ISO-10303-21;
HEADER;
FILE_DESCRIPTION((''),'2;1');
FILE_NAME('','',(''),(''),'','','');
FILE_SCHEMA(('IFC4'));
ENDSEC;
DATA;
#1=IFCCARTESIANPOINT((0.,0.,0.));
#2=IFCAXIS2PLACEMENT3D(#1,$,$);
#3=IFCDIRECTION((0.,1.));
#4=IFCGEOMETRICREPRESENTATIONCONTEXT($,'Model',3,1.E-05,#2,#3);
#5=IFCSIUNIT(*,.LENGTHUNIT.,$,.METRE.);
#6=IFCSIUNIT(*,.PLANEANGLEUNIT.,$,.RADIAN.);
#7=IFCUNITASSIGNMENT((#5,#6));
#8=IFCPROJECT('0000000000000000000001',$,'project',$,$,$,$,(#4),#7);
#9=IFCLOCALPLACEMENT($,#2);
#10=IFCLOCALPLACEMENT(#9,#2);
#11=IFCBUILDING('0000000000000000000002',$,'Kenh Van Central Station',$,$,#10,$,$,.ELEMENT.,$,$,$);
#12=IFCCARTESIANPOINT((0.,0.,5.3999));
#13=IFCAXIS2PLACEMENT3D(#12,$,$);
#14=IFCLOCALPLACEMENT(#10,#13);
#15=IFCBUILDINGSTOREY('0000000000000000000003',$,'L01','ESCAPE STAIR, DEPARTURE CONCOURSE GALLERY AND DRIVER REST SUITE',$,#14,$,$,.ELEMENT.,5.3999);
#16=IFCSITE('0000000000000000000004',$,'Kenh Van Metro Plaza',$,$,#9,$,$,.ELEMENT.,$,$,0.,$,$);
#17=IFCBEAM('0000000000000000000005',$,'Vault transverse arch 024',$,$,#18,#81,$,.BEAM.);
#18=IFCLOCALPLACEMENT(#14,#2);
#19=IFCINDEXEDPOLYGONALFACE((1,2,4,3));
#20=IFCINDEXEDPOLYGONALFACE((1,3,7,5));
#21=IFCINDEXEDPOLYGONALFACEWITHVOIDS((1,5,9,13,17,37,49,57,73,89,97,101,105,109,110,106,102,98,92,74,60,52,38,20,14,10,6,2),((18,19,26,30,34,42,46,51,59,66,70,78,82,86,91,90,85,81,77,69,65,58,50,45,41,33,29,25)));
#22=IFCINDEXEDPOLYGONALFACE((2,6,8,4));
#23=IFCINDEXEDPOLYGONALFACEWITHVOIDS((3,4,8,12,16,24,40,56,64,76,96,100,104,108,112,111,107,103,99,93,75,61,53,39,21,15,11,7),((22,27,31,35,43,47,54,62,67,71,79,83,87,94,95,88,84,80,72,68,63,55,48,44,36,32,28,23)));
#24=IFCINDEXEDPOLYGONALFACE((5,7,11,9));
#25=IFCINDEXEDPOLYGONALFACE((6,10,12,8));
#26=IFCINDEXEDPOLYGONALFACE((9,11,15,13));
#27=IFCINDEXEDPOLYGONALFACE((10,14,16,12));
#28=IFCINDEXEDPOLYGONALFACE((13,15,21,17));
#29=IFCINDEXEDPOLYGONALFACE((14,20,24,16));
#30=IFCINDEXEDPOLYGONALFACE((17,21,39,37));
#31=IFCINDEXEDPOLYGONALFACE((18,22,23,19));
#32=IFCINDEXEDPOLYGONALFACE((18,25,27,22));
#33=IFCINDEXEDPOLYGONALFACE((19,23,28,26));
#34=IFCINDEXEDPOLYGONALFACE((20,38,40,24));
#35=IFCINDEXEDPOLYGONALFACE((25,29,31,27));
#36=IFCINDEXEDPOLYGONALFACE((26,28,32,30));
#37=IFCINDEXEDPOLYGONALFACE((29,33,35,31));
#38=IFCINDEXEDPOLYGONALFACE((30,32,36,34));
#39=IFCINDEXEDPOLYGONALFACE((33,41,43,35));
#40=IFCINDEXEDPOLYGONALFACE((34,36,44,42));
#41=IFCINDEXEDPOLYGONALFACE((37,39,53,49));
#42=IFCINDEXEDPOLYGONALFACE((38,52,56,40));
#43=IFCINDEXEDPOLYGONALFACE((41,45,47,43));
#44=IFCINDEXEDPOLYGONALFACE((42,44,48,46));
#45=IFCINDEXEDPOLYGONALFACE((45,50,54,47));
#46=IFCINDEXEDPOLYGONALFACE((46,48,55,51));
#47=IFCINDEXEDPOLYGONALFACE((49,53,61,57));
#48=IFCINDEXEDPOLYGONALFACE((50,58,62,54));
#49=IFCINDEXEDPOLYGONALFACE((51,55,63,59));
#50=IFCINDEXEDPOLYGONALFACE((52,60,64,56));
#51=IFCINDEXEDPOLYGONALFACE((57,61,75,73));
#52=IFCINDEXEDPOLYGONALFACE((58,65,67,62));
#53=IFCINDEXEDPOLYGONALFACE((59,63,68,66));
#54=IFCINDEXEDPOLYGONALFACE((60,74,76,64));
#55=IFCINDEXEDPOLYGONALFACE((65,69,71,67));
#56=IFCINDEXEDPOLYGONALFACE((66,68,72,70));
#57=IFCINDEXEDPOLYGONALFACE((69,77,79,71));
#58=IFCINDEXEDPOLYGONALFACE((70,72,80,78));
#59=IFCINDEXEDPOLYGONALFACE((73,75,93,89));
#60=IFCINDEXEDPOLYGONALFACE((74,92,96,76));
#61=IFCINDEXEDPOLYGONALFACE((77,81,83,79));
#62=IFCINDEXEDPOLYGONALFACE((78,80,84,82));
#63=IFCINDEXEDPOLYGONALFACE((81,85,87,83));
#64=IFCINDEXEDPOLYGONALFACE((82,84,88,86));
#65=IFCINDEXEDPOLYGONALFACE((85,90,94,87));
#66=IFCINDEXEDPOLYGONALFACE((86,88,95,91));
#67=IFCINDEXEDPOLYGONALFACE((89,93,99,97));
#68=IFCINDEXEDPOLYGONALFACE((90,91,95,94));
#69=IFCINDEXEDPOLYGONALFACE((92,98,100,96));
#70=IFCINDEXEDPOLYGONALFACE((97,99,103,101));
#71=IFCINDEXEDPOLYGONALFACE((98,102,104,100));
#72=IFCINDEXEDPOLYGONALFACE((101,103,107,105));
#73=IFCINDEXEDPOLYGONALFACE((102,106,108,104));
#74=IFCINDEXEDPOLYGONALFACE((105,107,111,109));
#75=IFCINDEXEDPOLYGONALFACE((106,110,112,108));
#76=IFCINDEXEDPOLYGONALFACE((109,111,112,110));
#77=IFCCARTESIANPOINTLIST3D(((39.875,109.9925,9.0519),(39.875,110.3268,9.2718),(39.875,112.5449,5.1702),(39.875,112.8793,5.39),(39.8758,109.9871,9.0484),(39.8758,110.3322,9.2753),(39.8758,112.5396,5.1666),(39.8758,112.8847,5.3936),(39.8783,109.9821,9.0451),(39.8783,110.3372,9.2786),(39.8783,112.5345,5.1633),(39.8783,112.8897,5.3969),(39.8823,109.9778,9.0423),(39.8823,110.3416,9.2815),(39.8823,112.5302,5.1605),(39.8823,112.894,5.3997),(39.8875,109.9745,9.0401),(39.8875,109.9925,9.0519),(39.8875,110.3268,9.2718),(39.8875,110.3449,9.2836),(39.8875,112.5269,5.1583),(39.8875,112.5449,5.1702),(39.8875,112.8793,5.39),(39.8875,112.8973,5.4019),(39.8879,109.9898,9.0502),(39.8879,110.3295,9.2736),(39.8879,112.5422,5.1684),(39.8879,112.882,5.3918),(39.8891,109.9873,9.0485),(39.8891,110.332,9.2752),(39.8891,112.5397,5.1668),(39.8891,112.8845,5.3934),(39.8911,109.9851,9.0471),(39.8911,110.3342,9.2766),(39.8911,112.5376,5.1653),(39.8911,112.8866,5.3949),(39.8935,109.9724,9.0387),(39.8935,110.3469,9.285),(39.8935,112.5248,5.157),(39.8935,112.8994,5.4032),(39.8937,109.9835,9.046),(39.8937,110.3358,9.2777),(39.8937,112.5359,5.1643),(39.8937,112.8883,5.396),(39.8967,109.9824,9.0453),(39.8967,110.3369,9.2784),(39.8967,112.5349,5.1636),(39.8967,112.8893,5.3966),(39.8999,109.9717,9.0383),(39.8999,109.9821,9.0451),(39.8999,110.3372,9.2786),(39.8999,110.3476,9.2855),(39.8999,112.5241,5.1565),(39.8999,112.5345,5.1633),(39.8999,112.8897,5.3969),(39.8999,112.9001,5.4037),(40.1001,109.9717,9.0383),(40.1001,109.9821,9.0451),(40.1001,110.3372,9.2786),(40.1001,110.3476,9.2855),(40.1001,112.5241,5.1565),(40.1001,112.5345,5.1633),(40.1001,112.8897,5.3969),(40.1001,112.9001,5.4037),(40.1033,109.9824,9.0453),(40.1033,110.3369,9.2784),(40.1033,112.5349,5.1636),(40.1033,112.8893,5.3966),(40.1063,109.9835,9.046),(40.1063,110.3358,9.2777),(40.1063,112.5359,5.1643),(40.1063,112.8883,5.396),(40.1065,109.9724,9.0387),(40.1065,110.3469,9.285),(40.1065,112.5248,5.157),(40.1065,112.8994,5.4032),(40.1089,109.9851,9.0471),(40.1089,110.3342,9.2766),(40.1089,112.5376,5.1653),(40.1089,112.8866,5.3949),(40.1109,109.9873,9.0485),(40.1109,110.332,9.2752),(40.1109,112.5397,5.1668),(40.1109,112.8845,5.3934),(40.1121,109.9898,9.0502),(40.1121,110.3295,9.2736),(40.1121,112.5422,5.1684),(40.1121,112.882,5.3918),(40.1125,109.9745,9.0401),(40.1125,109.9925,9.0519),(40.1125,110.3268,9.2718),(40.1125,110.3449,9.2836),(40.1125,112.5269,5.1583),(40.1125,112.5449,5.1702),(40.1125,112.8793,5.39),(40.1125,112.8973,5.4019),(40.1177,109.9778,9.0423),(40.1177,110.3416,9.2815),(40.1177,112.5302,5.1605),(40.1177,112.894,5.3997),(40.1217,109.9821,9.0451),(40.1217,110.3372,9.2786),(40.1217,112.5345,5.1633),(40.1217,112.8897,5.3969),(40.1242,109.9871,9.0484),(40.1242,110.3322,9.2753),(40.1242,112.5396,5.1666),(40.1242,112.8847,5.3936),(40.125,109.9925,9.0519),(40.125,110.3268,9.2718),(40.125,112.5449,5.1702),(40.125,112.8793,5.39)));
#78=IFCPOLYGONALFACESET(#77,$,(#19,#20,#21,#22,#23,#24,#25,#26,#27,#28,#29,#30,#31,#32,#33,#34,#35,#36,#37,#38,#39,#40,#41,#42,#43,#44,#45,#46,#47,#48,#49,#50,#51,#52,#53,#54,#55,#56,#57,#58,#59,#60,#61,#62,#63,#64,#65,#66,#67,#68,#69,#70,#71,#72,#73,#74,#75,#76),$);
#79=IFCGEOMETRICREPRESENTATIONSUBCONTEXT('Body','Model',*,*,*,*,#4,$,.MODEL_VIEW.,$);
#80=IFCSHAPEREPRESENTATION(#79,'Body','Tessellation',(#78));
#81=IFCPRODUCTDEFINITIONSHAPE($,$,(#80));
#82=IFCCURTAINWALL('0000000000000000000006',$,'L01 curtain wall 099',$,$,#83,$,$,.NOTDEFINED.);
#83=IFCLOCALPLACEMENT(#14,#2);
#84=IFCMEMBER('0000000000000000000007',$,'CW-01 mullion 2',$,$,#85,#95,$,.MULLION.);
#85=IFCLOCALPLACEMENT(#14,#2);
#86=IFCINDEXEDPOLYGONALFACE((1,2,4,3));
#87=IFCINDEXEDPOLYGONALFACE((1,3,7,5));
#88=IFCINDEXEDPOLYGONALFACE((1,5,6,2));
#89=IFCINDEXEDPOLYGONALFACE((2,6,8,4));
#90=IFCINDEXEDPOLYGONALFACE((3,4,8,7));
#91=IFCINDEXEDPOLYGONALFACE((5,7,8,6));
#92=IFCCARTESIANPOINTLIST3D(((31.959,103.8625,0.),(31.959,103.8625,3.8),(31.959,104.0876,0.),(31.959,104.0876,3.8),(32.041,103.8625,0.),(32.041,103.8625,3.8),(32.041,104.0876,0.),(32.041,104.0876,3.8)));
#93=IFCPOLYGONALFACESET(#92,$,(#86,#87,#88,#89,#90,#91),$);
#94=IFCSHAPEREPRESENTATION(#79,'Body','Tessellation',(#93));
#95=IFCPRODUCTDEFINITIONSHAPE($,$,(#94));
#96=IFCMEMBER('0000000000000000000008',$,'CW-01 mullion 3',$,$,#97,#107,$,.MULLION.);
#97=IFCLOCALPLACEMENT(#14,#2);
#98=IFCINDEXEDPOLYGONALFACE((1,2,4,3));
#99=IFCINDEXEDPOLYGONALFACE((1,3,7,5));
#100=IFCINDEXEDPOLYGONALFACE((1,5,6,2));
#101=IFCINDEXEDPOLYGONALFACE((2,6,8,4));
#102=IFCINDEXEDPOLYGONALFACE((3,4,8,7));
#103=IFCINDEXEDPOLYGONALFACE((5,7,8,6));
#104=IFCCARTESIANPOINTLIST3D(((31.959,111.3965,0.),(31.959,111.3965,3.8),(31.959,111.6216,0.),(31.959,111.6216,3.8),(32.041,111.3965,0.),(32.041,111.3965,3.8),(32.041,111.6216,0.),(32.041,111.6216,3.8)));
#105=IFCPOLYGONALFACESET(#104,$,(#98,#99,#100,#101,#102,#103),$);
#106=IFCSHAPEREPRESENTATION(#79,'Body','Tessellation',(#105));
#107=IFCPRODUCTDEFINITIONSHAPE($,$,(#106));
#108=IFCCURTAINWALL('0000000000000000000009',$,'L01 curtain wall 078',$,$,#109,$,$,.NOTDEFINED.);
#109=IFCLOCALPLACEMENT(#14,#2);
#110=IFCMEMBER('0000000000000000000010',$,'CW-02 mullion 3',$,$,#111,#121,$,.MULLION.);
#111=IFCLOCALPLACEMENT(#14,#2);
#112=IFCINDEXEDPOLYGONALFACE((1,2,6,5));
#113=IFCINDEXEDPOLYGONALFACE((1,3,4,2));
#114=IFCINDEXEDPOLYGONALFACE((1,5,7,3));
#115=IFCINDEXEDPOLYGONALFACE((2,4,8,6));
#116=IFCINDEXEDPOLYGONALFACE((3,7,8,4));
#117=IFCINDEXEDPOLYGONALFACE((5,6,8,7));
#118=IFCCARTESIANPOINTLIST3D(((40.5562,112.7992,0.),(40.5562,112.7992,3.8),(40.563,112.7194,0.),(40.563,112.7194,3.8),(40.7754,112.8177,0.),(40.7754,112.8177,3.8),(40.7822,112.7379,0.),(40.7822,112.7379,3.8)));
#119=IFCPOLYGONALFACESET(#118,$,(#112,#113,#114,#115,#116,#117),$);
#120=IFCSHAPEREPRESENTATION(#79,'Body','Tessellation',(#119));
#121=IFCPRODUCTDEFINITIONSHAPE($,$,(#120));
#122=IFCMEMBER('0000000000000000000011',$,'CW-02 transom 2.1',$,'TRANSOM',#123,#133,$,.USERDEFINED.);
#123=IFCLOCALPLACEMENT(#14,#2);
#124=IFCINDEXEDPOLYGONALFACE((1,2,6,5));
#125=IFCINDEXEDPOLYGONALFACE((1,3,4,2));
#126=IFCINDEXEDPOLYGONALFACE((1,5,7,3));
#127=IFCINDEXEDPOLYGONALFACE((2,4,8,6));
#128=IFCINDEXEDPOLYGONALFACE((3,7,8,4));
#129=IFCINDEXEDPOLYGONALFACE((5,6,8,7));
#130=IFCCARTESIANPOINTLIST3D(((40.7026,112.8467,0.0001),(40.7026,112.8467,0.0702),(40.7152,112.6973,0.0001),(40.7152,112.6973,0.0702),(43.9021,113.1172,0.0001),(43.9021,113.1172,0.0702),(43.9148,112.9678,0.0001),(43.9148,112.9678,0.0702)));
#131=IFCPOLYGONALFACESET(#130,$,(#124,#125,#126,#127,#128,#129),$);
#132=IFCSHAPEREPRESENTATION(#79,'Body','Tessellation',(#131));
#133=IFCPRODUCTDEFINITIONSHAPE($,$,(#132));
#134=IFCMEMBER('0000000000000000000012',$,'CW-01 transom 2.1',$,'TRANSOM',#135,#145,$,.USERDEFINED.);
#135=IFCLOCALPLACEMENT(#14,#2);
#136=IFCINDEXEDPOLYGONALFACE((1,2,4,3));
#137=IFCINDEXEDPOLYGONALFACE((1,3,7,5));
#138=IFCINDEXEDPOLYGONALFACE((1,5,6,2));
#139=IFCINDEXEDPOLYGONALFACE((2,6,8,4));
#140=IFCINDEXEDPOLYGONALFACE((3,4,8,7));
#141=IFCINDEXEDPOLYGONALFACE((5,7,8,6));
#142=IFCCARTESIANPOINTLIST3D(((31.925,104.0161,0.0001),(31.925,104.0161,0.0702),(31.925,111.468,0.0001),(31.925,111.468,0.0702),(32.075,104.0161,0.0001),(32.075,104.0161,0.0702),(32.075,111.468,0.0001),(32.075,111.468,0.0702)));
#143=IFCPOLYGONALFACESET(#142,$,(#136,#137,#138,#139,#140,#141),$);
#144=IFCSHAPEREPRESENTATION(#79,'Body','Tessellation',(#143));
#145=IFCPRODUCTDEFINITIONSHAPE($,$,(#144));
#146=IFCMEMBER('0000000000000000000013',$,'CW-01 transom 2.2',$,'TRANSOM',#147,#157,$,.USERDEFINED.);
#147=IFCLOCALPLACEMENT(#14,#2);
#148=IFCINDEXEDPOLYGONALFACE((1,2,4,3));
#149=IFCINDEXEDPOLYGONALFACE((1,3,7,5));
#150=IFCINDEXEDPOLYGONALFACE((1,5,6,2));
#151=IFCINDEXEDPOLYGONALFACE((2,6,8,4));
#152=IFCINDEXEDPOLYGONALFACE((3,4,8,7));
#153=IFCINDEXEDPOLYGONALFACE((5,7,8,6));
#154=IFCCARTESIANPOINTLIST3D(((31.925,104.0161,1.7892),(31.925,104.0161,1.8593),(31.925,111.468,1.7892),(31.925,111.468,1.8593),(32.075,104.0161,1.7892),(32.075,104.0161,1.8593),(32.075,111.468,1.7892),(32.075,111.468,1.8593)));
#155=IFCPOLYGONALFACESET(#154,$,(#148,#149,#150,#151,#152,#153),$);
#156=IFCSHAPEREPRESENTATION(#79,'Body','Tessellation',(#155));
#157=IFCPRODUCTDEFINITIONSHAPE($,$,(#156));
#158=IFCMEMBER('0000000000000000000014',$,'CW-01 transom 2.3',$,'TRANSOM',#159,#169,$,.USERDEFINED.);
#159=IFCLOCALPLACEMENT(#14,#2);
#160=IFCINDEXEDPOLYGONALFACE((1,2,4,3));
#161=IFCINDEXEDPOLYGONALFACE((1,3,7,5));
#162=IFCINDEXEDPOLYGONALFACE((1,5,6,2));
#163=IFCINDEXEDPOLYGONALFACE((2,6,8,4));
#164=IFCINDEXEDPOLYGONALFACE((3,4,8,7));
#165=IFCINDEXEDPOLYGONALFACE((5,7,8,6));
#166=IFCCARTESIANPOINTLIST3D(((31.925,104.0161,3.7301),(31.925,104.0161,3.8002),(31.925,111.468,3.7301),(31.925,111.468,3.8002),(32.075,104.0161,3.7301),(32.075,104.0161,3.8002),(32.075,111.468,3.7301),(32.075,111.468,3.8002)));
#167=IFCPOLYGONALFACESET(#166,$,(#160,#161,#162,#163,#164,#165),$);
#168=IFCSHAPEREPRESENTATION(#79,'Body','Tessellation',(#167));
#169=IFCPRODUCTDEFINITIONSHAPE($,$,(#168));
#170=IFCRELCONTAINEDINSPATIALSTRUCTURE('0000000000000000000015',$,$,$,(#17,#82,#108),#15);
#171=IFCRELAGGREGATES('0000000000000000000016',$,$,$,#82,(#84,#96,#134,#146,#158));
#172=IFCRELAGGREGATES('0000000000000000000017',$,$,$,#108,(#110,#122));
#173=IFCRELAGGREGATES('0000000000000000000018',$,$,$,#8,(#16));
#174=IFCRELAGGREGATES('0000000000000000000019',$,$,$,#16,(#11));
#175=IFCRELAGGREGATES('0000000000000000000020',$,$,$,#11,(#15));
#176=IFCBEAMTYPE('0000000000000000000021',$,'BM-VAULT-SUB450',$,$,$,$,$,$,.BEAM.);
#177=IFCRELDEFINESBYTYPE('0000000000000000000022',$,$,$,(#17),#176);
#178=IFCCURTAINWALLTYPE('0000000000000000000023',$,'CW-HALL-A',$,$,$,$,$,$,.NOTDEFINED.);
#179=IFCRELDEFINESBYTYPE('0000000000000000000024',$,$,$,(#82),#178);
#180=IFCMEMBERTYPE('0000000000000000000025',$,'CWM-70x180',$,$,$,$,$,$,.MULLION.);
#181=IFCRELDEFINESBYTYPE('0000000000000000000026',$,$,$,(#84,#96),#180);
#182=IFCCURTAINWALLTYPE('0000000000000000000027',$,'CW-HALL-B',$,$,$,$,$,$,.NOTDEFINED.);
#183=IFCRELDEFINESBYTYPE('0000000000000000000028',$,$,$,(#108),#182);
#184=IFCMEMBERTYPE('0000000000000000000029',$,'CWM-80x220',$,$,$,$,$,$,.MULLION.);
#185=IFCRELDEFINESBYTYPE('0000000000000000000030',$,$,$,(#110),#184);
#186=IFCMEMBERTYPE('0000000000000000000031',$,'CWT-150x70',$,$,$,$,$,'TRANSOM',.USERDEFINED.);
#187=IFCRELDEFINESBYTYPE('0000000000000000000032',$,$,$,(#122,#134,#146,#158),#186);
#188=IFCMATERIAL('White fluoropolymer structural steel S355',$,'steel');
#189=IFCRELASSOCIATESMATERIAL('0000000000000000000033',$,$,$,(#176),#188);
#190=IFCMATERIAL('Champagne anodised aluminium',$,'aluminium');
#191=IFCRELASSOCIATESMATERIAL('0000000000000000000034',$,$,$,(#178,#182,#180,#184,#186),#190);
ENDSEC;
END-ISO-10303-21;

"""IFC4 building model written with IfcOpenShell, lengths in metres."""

from ifc_helpers import new_model, si_unit, direction, frame, origin, origin_2d, place, context, subcontext, project, spatial, rectangle, hollow_rectangle, extrude, material, material_profile, profile_set, type_object, element, aggregate, save


model = new_model("IFC4")

# Units and contexts
model_context = context("Model", 3, precision=1e-05, world=origin(), true_north=direction((0.0, 1.0)))
body_context = subcontext(model_context, "Body", "Model", "MODEL_VIEW")
ifc_project = project(units=[si_unit("LENGTHUNIT", "METRE"), si_unit("PLANEANGLEUNIT", "RADIAN")], contexts=[model_context])

# Site, building, storey
site_placement = place(None, origin())
site = spatial("IfcSite", under=ifc_project, at=site_placement, Name="Kenh Van Metro Plaza", CompositionType="ELEMENT", RefElevation=0.0)
building_placement = place(site_placement, origin())
building = spatial("IfcBuilding", under=site, at=building_placement, Name="Kenh Van Central Station", CompositionType="ELEMENT")
storey_placement = place(building_placement, frame((0.0, 0.0, 5.3999)))
storey = spatial("IfcBuildingStorey", under=building, at=storey_placement, Name="L01", Description="ESCAPE STAIR, DEPARTURE CONCOURSE GALLERY AND DRIVER REST SUITE", CompositionType="ELEMENT", Elevation=5.3999)

# Beam
ifc_material_1 = material(Name="White fluoropolymer structural steel S355", Category="steel")
ifc_material_profile_1 = material_profile(ifc_material_1, hollow_rectangle(XDim=0.25, YDim=0.45, WallThickness=0.0125, InnerFilletRadius=0.0125, OuterFilletRadius=0.0249, at=origin_2d()), Name="RHS 450x250x12.5")
ifc_profile_set_1 = profile_set([ifc_material_profile_1], Name="White fluoropolymer structural steel S355")
beam_type_1 = type_object("IfcBeamType", Name="BM-VAULT-SUB450", PredefinedType="BEAM", material=ifc_profile_set_1)
beam_1_placement = place(storey_placement, frame((40.0, 110.1597, 9.1619), z_axis=(0.0, 0.549414, -0.83555), x_axis=(-1.0, 0.0, 0.0)))
element("IfcBeam", 1, at=beam_1_placement, inside=storey, type_object=beam_type_1, Name="Vault transverse arch 024", PredefinedType="BEAM", context=body_context, shape_type="SweptSolid", body=[
    extrude(hollow_rectangle(XDim=0.25, YDim=0.45, WallThickness=0.0125, InnerFilletRadius=0.0125, OuterFilletRadius=0.0249, at=origin_2d()), origin(), (0.0, 0.0, 1.0), 4.6458),
])

# Curtain walls, members
ifc_material_2 = material(Name="Champagne anodised aluminium", Category="aluminium")
curtain_wall_type_1 = type_object("IfcCurtainWallType", Name="CW-HALL-A", PredefinedType="NOTDEFINED", material=ifc_material_2)
curtain_wall_1_placement = place(storey_placement, origin())
curtain_wall_1 = element("IfcCurtainWall", 2, at=curtain_wall_1_placement, inside=storey, type_object=curtain_wall_type_1, Name="L01 curtain wall 099", PredefinedType="NOTDEFINED")
ifc_material_profile_2 = material_profile(ifc_material_2, rectangle(XDim=0.082, YDim=0.2251, at=origin_2d()), Name="AL 82x225")
ifc_profile_set_2 = profile_set([ifc_material_profile_2], Name="Champagne anodised aluminium")
member_type_1 = type_object("IfcMemberType", Name="CWM-70x180", PredefinedType="MULLION", material=ifc_profile_set_2)
member_1_placement = place(storey_placement, frame((32.0, 103.9751, 0.0), z_axis=(0.0, 0.0, 1.0), x_axis=(-1.0, 0.0, 0.0)))
member_1 = element("IfcMember", 3, at=member_1_placement, type_object=member_type_1, Name="CW-01 mullion 2", PredefinedType="MULLION", context=body_context, shape_type="SweptSolid", body=[
    extrude(rectangle(XDim=0.082, YDim=0.2251, at=origin_2d()), origin(), (0.0, 0.0, 1.0), 3.8),
])
member_2_placement = place(storey_placement, frame((32.0, 111.509, 0.0), z_axis=(0.0, 0.0, 1.0), x_axis=(-1.0, 0.0, 0.0)))
member_2 = element("IfcMember", 4, at=member_2_placement, type_object=member_type_1, Name="CW-01 mullion 3", PredefinedType="MULLION", context=body_context, shape_type="SweptSolid", body=[
    extrude(rectangle(XDim=0.082, YDim=0.2251, at=origin_2d()), origin(), (0.0, 0.0, 1.0), 3.8),
])
curtain_wall_type_2 = type_object("IfcCurtainWallType", Name="CW-HALL-B", PredefinedType="NOTDEFINED", material=ifc_material_2)
curtain_wall_2_placement = place(storey_placement, origin())
curtain_wall_2 = element("IfcCurtainWall", 5, at=curtain_wall_2_placement, inside=storey, type_object=curtain_wall_type_2, Name="L01 curtain wall 078", PredefinedType="NOTDEFINED")
ifc_material_profile_3 = material_profile(ifc_material_2, rectangle(XDim=0.0801, YDim=0.22, at=origin_2d()), Name="AL 80x220")
ifc_profile_set_3 = profile_set([ifc_material_profile_3], Name="Champagne anodised aluminium")
member_type_2 = type_object("IfcMemberType", Name="CWM-80x220", PredefinedType="MULLION", material=ifc_profile_set_3)
member_3_placement = place(storey_placement, frame((40.6692, 112.7686, 0.0), z_axis=(0.0, 0.0, 1.0), x_axis=(0.084244, -0.996445, 0.0)))
member_3 = element("IfcMember", 6, at=member_3_placement, type_object=member_type_2, Name="CW-02 mullion 3", PredefinedType="MULLION", context=body_context, shape_type="SweptSolid", body=[
    extrude(rectangle(XDim=0.0801, YDim=0.22, at=origin_2d()), origin(), (0.0, 0.0, 1.0), 3.8),
])
ifc_material_profile_4 = material_profile(ifc_material_2, rectangle(XDim=0.1499, YDim=0.0701, at=origin_2d()), Name="AL 150x70")
ifc_profile_set_4 = profile_set([ifc_material_profile_4], Name="Champagne anodised aluminium")
member_type_3 = type_object("IfcMemberType", Name="CWT-150x70", ElementType="TRANSOM", PredefinedType="USERDEFINED", material=ifc_profile_set_4)
member_4_placement = place(storey_placement, frame((43.9084, 113.0425, 0.0352), z_axis=(-0.996445, -0.084247, 0.0), x_axis=(0.084247, -0.996445, 0.0)))
member_4 = element("IfcMember", 7, at=member_4_placement, type_object=member_type_3, Name="CW-02 transom 2.1", ObjectType="TRANSOM", PredefinedType="USERDEFINED", context=body_context, shape_type="SweptSolid", body=[
    extrude(rectangle(XDim=0.1499, YDim=0.0701, at=origin_2d()), origin(), (0.0, 0.0, 1.0), 3.2109),
])

# Members
member_5_placement = place(storey_placement, frame((32.0, 104.0161, 0.0352), z_axis=(0.0, 1.0, 0.0), x_axis=(-1.0, 0.0, 0.0)))
member_5 = element("IfcMember", 8, at=member_5_placement, type_object=member_type_3, Name="CW-01 transom 2.1", ObjectType="TRANSOM", PredefinedType="USERDEFINED", context=body_context, shape_type="SweptSolid", body=[
    extrude(rectangle(XDim=0.1499, YDim=0.0701, at=origin_2d()), origin(), (0.0, 0.0, 1.0), 7.4519),
])
member_6_placement = place(storey_placement, frame((32.0, 104.0161, 1.8242), z_axis=(0.0, 1.0, 0.0), x_axis=(-1.0, 0.0, 0.0)))
member_6 = element("IfcMember", 9, at=member_6_placement, type_object=member_type_3, Name="CW-01 transom 2.2", ObjectType="TRANSOM", PredefinedType="USERDEFINED", context=body_context, shape_type="SweptSolid", body=[
    extrude(rectangle(XDim=0.1499, YDim=0.0701, at=origin_2d()), origin(), (0.0, 0.0, 1.0), 7.4519),
])
member_7_placement = place(storey_placement, frame((32.0, 104.0161, 3.7651), z_axis=(0.0, 1.0, 0.0), x_axis=(-1.0, 0.0, 0.0)))
member_7 = element("IfcMember", 10, at=member_7_placement, type_object=member_type_3, Name="CW-01 transom 2.3", ObjectType="TRANSOM", PredefinedType="USERDEFINED", context=body_context, shape_type="SweptSolid", body=[
    extrude(rectangle(XDim=0.1499, YDim=0.0701, at=origin_2d()), origin(), (0.0, 0.0, 1.0), 7.4519),
])

aggregate(curtain_wall_1, [member_1, member_2, member_5, member_6, member_7])
aggregate(curtain_wall_2, [member_3, member_4])

save(model, "model.ifc")
